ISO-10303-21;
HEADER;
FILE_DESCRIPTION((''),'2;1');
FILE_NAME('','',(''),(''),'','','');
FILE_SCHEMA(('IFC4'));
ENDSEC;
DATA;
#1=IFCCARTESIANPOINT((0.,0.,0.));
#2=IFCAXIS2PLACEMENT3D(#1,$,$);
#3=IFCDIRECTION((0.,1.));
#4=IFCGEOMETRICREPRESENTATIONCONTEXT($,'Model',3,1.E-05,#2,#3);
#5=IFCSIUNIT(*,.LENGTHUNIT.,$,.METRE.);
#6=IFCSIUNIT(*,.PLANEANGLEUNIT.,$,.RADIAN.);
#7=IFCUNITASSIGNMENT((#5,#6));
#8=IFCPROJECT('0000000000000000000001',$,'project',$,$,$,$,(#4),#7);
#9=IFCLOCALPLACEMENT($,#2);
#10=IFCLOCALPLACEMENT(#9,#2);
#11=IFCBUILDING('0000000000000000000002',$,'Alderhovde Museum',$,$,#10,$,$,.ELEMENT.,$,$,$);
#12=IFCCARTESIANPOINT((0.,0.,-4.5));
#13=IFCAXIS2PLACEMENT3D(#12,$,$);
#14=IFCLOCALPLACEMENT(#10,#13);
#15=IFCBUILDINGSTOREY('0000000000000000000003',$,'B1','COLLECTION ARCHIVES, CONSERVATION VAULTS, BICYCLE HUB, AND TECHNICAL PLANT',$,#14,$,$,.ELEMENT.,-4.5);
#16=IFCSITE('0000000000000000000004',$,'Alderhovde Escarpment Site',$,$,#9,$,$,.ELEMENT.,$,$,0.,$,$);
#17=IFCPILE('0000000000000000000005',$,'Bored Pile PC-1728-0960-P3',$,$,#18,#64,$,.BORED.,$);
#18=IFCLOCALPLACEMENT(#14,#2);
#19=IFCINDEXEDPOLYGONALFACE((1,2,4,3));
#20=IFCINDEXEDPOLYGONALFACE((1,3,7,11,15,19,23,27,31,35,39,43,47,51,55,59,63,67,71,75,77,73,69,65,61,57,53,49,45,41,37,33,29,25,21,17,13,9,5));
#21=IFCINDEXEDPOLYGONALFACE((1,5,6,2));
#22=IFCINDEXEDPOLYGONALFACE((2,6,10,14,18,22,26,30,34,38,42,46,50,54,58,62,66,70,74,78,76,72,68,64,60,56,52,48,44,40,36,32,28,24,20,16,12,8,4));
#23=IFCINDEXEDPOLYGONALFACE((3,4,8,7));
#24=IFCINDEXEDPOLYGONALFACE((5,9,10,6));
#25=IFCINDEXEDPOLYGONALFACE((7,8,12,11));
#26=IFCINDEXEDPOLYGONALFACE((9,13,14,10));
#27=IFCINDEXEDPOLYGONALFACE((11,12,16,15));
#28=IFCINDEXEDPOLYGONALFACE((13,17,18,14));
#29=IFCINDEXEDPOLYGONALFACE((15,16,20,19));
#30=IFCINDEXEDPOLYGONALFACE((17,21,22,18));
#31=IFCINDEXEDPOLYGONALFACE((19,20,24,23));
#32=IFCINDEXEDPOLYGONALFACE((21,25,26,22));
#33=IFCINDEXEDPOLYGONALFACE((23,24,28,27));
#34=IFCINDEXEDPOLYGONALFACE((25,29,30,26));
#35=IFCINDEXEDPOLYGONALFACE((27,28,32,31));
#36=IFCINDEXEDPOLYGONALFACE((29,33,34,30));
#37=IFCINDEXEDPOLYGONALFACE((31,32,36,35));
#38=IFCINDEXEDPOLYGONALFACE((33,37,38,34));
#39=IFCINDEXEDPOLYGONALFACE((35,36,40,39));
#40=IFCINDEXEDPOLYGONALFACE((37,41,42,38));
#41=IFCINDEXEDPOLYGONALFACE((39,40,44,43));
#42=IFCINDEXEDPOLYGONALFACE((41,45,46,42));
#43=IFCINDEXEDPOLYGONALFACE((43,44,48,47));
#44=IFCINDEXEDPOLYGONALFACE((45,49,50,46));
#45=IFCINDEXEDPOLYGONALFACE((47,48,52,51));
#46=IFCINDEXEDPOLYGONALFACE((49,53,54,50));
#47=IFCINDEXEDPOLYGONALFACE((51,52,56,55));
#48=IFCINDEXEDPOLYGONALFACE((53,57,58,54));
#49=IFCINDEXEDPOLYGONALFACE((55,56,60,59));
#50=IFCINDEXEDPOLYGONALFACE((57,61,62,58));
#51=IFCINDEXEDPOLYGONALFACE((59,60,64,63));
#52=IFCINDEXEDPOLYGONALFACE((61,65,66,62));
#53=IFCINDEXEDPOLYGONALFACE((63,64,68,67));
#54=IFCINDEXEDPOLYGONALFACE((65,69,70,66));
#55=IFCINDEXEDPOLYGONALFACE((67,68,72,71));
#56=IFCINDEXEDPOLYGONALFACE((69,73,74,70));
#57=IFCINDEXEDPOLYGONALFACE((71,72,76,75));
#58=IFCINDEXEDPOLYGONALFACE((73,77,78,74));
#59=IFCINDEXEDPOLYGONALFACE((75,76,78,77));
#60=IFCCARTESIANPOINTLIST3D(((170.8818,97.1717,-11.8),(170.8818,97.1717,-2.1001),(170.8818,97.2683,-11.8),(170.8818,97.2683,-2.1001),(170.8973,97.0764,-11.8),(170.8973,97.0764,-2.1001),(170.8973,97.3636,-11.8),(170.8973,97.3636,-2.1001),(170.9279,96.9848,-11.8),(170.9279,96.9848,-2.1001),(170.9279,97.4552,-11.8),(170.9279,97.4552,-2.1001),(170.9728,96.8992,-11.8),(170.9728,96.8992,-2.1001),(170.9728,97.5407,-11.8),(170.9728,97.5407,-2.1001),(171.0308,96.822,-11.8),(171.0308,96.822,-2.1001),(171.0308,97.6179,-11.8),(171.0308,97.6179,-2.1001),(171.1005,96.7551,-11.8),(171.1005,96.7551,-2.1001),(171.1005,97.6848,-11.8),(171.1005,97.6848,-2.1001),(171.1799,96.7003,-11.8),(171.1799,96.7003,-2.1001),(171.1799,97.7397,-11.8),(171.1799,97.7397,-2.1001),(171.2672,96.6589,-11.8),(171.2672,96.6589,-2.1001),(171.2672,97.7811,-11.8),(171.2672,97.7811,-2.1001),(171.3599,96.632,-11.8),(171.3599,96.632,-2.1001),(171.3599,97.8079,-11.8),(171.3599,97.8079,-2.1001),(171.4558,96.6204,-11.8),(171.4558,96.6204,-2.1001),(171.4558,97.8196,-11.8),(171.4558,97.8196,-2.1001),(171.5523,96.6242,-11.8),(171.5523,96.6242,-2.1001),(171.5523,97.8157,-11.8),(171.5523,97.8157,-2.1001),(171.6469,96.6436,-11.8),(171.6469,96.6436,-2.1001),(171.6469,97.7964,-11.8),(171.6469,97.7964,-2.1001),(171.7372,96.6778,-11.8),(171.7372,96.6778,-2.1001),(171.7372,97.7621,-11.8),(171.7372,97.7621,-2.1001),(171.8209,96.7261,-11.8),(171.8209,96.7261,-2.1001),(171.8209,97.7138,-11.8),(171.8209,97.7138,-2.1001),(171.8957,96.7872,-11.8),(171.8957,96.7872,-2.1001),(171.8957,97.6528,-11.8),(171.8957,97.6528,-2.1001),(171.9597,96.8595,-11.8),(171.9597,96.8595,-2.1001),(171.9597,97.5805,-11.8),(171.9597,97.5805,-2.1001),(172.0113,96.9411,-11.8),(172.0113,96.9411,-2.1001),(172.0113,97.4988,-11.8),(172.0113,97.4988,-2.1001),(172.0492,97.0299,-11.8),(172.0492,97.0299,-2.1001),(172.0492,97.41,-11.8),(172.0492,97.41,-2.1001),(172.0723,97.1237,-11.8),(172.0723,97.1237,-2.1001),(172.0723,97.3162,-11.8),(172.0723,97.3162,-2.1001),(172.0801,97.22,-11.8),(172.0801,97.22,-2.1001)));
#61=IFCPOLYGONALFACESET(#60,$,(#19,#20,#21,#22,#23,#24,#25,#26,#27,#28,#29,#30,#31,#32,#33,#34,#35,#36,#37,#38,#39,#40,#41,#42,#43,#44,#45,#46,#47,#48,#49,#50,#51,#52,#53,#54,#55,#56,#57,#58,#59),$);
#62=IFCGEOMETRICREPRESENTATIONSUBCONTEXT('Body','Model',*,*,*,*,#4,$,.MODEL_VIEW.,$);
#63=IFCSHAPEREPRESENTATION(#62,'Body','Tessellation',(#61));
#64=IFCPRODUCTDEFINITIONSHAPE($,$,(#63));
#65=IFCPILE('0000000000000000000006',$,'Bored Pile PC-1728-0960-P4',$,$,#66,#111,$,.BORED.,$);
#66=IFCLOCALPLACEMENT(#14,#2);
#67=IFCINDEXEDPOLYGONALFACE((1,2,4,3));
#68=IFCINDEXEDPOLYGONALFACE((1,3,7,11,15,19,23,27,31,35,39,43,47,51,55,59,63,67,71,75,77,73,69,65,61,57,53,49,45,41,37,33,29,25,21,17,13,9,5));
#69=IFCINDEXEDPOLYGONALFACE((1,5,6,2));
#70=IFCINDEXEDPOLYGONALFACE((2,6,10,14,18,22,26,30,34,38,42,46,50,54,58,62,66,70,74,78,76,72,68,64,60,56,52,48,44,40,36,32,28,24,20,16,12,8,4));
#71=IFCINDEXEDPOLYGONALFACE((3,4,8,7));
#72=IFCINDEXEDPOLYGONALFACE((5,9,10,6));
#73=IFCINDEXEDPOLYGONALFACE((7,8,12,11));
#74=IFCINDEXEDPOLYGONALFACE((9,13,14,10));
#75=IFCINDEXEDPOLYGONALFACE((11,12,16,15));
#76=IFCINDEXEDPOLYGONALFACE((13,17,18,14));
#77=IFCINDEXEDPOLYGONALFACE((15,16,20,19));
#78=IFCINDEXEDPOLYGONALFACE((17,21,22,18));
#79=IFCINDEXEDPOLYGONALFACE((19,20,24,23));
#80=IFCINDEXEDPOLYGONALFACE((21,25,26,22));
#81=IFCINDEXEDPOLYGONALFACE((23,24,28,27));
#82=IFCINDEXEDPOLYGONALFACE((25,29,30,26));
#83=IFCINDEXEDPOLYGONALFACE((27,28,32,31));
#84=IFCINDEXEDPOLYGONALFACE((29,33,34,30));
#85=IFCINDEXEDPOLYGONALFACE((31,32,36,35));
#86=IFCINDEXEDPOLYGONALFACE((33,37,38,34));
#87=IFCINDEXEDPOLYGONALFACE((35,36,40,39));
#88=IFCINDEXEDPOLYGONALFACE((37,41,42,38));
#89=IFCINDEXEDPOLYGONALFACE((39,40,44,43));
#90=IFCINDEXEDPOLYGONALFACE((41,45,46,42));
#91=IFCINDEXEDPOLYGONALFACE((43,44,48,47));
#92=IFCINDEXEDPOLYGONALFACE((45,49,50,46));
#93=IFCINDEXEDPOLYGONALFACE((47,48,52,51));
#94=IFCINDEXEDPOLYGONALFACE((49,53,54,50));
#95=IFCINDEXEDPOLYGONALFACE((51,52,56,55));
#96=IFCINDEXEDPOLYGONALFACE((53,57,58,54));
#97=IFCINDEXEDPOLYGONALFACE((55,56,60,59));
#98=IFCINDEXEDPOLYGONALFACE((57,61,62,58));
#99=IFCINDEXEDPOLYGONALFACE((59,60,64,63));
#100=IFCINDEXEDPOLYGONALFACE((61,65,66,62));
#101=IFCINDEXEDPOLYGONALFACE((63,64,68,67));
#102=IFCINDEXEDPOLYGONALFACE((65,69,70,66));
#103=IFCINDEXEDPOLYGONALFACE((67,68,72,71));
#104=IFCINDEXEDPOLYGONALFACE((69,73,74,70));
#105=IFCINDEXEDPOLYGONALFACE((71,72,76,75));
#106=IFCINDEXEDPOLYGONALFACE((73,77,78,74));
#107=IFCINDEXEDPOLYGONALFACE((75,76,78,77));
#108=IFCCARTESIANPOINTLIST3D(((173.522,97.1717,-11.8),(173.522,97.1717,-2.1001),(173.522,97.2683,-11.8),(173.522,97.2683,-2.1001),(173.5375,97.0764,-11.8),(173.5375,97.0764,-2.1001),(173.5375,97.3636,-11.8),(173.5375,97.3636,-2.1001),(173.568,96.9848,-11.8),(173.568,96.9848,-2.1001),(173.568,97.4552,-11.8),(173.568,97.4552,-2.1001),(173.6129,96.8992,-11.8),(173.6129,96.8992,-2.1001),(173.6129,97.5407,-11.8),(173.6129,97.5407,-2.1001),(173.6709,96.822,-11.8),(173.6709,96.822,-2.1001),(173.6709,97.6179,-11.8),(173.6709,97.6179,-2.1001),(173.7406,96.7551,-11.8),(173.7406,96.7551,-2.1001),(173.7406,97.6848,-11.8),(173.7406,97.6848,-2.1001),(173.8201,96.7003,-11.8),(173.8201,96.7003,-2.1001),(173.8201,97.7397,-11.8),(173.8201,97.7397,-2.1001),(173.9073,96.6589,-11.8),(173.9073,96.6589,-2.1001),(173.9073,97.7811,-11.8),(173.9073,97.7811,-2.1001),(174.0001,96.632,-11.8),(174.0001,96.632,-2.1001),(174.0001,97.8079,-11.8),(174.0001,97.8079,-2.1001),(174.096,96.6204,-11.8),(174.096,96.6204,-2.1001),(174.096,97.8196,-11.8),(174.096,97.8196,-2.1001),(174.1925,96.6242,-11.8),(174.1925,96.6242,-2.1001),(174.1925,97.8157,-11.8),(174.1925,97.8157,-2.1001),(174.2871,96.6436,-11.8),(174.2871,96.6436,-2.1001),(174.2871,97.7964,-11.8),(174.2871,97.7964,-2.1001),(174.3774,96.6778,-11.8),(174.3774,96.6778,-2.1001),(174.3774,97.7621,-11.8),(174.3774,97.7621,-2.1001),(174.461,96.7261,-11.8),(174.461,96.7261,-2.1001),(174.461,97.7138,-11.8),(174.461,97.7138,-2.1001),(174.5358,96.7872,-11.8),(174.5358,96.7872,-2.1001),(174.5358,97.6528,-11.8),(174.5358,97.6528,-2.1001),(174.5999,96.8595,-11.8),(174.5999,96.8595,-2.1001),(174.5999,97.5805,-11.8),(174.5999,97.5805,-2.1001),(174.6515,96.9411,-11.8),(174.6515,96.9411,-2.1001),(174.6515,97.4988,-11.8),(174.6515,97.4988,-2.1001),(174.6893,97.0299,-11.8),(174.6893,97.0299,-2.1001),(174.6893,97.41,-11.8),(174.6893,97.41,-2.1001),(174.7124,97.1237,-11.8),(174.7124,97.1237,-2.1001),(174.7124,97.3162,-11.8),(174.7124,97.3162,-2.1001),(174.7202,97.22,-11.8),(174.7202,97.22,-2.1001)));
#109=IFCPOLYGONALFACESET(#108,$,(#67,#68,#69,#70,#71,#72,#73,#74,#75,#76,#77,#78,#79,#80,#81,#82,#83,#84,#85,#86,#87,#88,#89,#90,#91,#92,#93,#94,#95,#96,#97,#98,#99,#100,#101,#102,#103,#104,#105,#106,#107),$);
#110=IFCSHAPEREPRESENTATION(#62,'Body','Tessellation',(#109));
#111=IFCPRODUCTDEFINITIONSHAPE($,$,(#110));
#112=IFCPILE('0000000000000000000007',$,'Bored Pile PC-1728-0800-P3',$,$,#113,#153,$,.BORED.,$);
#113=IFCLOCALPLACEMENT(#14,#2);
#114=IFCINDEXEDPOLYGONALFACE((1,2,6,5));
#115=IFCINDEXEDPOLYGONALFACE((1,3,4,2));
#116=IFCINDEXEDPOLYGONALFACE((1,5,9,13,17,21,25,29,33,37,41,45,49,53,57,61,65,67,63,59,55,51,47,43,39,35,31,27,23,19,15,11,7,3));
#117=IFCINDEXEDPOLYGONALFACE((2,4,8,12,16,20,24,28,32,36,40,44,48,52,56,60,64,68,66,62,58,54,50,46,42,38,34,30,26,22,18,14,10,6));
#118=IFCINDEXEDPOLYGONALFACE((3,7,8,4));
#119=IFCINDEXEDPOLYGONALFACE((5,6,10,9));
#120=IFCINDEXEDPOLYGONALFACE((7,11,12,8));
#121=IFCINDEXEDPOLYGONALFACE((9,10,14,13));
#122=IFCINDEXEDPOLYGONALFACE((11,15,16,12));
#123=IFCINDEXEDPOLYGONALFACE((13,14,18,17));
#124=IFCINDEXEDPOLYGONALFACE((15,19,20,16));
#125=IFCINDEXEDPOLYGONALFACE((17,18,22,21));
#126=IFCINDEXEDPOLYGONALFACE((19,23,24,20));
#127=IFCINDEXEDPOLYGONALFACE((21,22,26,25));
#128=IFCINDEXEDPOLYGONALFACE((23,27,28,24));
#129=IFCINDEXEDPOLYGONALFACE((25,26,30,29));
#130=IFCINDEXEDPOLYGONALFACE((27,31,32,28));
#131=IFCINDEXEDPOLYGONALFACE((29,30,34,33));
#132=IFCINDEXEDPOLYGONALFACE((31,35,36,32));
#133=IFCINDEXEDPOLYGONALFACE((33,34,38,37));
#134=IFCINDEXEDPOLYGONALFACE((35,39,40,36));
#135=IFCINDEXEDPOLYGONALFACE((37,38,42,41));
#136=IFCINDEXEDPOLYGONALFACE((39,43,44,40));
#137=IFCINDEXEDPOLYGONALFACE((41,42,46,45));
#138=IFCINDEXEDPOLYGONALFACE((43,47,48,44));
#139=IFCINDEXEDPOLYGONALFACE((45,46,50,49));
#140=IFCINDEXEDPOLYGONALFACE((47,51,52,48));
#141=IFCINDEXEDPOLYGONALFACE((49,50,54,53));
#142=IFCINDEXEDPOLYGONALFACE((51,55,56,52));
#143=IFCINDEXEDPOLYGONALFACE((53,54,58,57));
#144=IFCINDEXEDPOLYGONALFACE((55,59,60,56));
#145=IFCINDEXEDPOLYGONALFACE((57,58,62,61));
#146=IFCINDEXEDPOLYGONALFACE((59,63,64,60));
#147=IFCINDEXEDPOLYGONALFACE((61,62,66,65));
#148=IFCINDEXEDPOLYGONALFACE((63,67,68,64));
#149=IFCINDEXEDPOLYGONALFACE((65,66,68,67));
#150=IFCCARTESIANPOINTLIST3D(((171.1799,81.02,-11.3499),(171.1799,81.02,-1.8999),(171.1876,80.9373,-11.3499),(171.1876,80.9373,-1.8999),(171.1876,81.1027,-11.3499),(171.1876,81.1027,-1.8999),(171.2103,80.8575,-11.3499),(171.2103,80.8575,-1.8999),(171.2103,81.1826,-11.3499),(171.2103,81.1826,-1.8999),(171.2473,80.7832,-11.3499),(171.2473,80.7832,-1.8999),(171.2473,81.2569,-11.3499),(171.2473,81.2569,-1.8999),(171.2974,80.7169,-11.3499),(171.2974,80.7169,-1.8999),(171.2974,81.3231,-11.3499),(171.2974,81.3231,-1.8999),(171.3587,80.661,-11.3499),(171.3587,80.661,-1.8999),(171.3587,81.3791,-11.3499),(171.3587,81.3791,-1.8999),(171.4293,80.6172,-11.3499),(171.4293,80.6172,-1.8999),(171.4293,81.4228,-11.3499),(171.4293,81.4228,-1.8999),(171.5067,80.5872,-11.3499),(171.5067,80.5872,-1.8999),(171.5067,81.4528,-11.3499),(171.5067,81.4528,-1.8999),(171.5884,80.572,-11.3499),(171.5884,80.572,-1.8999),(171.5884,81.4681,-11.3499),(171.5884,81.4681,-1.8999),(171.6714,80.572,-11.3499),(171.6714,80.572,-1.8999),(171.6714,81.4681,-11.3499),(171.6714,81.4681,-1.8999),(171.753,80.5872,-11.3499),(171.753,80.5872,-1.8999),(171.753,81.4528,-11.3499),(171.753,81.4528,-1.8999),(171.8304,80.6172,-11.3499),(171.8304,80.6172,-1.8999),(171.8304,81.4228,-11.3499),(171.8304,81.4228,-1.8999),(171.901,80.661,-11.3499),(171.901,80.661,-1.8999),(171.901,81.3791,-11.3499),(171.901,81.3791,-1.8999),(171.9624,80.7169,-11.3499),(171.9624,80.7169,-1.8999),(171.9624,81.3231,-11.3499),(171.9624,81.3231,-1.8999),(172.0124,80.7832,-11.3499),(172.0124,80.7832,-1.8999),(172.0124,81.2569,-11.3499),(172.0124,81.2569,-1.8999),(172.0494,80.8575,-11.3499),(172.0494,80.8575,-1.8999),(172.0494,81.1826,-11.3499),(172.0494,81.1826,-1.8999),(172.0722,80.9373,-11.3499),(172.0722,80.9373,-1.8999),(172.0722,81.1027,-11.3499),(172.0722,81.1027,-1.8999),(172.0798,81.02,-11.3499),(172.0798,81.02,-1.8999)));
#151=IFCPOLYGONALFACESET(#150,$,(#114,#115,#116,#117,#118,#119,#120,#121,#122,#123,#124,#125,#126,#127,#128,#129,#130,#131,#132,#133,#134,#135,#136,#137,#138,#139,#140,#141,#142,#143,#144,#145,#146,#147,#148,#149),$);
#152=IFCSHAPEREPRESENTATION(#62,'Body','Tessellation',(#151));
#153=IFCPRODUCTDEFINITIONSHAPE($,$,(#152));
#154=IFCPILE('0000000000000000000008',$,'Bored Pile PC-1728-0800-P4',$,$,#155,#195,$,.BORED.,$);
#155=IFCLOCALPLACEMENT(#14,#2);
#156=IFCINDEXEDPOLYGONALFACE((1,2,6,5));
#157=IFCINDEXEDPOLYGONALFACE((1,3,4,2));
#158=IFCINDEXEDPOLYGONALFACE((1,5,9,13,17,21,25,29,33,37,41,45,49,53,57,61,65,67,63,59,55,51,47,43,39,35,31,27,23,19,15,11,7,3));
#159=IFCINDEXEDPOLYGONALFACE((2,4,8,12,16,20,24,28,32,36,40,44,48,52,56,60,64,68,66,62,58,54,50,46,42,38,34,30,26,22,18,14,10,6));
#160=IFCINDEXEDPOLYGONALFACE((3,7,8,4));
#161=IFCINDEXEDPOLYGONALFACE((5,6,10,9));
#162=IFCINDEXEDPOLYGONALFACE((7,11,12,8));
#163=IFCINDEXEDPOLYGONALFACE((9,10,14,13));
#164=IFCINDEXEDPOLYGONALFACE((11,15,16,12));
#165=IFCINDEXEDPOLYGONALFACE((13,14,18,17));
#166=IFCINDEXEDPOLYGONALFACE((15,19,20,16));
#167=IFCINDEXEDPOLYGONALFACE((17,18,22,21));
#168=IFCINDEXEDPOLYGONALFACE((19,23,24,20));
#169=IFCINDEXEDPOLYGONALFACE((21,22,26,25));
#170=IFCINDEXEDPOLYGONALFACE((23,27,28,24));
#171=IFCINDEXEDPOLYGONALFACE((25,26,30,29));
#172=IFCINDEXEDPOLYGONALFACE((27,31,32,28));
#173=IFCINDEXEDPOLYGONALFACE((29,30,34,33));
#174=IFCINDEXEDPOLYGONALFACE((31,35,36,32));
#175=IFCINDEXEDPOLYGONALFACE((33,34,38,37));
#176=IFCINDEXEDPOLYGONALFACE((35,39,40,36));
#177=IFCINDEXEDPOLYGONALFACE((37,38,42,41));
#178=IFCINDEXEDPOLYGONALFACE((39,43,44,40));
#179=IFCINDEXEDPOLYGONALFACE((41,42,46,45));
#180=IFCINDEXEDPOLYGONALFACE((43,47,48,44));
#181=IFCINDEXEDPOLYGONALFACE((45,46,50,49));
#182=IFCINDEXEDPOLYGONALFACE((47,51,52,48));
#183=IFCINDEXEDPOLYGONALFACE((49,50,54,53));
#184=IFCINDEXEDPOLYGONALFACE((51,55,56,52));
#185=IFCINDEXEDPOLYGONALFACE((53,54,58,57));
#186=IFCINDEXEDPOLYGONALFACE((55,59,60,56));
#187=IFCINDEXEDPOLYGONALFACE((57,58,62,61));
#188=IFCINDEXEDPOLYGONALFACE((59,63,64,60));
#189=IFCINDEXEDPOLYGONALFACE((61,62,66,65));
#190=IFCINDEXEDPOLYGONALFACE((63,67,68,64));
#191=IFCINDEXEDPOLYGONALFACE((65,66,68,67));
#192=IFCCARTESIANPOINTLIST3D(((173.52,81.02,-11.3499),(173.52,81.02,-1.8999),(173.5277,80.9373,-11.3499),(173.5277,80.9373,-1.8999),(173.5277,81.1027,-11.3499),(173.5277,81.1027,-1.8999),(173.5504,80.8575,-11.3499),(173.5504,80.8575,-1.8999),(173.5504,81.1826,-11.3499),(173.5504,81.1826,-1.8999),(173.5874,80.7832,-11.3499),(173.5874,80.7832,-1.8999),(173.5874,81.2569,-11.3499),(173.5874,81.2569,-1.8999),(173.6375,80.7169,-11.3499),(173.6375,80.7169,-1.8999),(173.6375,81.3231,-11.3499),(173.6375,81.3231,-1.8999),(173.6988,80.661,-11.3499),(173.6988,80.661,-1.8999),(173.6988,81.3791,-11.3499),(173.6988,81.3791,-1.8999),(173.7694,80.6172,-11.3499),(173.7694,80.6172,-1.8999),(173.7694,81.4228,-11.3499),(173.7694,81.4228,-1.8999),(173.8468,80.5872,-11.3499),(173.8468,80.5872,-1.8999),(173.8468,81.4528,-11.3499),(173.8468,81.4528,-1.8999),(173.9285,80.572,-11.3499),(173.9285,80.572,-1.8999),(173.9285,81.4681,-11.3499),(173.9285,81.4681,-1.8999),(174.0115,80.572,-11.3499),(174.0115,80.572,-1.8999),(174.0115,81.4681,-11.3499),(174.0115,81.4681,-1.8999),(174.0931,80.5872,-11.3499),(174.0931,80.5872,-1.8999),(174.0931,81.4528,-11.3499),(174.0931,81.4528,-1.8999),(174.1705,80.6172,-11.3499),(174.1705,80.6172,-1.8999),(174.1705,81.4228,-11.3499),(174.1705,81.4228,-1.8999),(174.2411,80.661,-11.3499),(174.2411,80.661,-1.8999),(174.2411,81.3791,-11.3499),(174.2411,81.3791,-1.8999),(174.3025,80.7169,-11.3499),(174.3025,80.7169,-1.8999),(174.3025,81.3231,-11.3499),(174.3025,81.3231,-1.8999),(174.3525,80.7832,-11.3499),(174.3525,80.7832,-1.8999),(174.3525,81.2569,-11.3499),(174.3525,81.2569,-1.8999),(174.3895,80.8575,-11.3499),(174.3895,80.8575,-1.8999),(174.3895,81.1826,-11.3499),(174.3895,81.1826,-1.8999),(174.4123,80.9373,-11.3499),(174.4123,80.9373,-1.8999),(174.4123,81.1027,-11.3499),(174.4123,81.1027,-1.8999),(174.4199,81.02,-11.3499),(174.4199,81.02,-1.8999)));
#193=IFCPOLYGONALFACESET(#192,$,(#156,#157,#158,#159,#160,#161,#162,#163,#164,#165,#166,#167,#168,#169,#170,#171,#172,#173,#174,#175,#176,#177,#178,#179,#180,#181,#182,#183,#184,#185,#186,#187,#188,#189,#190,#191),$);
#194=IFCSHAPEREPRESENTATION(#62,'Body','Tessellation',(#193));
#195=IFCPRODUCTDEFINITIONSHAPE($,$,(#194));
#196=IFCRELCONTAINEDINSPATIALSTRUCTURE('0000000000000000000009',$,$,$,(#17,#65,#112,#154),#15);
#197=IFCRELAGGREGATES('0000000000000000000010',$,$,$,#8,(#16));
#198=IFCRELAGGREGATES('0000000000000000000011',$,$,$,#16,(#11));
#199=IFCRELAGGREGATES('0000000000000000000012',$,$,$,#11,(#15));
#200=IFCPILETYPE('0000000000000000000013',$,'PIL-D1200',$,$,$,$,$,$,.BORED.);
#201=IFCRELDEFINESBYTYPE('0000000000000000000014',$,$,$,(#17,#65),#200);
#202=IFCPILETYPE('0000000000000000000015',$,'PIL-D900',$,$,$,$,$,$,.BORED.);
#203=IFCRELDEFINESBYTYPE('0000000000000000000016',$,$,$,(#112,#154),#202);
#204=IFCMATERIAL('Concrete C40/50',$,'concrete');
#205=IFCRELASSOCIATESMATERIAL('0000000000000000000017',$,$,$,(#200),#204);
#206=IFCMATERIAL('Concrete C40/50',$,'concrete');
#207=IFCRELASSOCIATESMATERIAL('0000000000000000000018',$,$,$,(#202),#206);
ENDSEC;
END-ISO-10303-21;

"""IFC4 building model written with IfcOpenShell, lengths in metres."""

from ifc_helpers import new_model, si_unit, direction, frame, origin, origin_2d, place, context, subcontext, project, spatial, circle, extrude, material, material_profile, profile_set, type_object, element, save


model = new_model("IFC4")

# Units and contexts
model_context = context("Model", 3, precision=1e-05, world=origin(), true_north=direction((0.0, 1.0)))
body_context = subcontext(model_context, "Body", "Model", "MODEL_VIEW")
ifc_project = project(units=[si_unit("LENGTHUNIT", "METRE"), si_unit("PLANEANGLEUNIT", "RADIAN")], contexts=[model_context])

# Site, building, storey
site_placement = place(None, origin())
site = spatial("IfcSite", under=ifc_project, at=site_placement, Name="Alderhovde Escarpment Site", CompositionType="ELEMENT", RefElevation=0.0)
building_placement = place(site_placement, origin())
building = spatial("IfcBuilding", under=site, at=building_placement, Name="Alderhovde Museum", CompositionType="ELEMENT")
storey_placement = place(building_placement, frame((0.0, 0.0, -4.5)))
storey = spatial("IfcBuildingStorey", under=building, at=storey_placement, Name="B1", Description="COLLECTION ARCHIVES, CONSERVATION VAULTS, BICYCLE HUB, AND TECHNICAL PLANT", CompositionType="ELEMENT", Elevation=-4.5)

# Piles
ifc_material_1 = material(Name="Concrete C40/50", Category="concrete")
ifc_material_profile_1 = material_profile(ifc_material_1, circle(Radius=0.6001, at=origin_2d()), Name="PILE-D1200")
ifc_profile_set_1 = profile_set([ifc_material_profile_1], Name="Concrete C40/50")
pile_type_1 = type_object("IfcPileType", Name="PIL-D1200", PredefinedType="BORED", material=ifc_profile_set_1)
for number, where, z_axis, x_axis, name in (
    (1, (171.48, 97.22, -2.1001), (0.0, 0.0, -1.0), (1.0, 0.0, 0.0), "Bored Pile PC-1728-0960-P3"),
    (2, (174.1201, 97.22, -2.1001), (0.0, 0.0, -1.0), (1.0, 0.0, 0.0), "Bored Pile PC-1728-0960-P4"),
):
    element("IfcPile", number, at=place(storey_placement, frame(where, z_axis=z_axis, x_axis=x_axis)), inside=storey, type_object=pile_type_1, Name=name, PredefinedType="BORED", context=body_context, shape_type="SweptSolid", body=[
        extrude(circle(Radius=0.6001, at=origin_2d()), origin(), (0.0, 0.0, 1.0), 9.7),
    ])
ifc_material_2 = material(Name="Concrete C40/50", Category="concrete")
ifc_material_profile_2 = material_profile(ifc_material_2, circle(Radius=0.45, at=origin_2d()), Name="PILE-D900")
ifc_profile_set_2 = profile_set([ifc_material_profile_2], Name="Concrete C40/50")
pile_type_2 = type_object("IfcPileType", Name="PIL-D900", PredefinedType="BORED", material=ifc_profile_set_2)
for number, where, z_axis, x_axis, name in (
    (3, (171.6299, 81.02, -1.8999), (0.0, 0.0, -1.0), (1.0, 0.0, 0.0), "Bored Pile PC-1728-0800-P3"),
    (4, (173.97, 81.02, -1.8999), (0.0, 0.0, -1.0), (1.0, 0.0, 0.0), "Bored Pile PC-1728-0800-P4"),
):
    element("IfcPile", number, at=place(storey_placement, frame(where, z_axis=z_axis, x_axis=x_axis)), inside=storey, type_object=pile_type_2, Name=name, PredefinedType="BORED", context=body_context, shape_type="SweptSolid", body=[
        extrude(circle(Radius=0.45, at=origin_2d()), origin(), (0.0, 0.0, 1.0), 9.45),
    ])

save(model, "model.ifc")
